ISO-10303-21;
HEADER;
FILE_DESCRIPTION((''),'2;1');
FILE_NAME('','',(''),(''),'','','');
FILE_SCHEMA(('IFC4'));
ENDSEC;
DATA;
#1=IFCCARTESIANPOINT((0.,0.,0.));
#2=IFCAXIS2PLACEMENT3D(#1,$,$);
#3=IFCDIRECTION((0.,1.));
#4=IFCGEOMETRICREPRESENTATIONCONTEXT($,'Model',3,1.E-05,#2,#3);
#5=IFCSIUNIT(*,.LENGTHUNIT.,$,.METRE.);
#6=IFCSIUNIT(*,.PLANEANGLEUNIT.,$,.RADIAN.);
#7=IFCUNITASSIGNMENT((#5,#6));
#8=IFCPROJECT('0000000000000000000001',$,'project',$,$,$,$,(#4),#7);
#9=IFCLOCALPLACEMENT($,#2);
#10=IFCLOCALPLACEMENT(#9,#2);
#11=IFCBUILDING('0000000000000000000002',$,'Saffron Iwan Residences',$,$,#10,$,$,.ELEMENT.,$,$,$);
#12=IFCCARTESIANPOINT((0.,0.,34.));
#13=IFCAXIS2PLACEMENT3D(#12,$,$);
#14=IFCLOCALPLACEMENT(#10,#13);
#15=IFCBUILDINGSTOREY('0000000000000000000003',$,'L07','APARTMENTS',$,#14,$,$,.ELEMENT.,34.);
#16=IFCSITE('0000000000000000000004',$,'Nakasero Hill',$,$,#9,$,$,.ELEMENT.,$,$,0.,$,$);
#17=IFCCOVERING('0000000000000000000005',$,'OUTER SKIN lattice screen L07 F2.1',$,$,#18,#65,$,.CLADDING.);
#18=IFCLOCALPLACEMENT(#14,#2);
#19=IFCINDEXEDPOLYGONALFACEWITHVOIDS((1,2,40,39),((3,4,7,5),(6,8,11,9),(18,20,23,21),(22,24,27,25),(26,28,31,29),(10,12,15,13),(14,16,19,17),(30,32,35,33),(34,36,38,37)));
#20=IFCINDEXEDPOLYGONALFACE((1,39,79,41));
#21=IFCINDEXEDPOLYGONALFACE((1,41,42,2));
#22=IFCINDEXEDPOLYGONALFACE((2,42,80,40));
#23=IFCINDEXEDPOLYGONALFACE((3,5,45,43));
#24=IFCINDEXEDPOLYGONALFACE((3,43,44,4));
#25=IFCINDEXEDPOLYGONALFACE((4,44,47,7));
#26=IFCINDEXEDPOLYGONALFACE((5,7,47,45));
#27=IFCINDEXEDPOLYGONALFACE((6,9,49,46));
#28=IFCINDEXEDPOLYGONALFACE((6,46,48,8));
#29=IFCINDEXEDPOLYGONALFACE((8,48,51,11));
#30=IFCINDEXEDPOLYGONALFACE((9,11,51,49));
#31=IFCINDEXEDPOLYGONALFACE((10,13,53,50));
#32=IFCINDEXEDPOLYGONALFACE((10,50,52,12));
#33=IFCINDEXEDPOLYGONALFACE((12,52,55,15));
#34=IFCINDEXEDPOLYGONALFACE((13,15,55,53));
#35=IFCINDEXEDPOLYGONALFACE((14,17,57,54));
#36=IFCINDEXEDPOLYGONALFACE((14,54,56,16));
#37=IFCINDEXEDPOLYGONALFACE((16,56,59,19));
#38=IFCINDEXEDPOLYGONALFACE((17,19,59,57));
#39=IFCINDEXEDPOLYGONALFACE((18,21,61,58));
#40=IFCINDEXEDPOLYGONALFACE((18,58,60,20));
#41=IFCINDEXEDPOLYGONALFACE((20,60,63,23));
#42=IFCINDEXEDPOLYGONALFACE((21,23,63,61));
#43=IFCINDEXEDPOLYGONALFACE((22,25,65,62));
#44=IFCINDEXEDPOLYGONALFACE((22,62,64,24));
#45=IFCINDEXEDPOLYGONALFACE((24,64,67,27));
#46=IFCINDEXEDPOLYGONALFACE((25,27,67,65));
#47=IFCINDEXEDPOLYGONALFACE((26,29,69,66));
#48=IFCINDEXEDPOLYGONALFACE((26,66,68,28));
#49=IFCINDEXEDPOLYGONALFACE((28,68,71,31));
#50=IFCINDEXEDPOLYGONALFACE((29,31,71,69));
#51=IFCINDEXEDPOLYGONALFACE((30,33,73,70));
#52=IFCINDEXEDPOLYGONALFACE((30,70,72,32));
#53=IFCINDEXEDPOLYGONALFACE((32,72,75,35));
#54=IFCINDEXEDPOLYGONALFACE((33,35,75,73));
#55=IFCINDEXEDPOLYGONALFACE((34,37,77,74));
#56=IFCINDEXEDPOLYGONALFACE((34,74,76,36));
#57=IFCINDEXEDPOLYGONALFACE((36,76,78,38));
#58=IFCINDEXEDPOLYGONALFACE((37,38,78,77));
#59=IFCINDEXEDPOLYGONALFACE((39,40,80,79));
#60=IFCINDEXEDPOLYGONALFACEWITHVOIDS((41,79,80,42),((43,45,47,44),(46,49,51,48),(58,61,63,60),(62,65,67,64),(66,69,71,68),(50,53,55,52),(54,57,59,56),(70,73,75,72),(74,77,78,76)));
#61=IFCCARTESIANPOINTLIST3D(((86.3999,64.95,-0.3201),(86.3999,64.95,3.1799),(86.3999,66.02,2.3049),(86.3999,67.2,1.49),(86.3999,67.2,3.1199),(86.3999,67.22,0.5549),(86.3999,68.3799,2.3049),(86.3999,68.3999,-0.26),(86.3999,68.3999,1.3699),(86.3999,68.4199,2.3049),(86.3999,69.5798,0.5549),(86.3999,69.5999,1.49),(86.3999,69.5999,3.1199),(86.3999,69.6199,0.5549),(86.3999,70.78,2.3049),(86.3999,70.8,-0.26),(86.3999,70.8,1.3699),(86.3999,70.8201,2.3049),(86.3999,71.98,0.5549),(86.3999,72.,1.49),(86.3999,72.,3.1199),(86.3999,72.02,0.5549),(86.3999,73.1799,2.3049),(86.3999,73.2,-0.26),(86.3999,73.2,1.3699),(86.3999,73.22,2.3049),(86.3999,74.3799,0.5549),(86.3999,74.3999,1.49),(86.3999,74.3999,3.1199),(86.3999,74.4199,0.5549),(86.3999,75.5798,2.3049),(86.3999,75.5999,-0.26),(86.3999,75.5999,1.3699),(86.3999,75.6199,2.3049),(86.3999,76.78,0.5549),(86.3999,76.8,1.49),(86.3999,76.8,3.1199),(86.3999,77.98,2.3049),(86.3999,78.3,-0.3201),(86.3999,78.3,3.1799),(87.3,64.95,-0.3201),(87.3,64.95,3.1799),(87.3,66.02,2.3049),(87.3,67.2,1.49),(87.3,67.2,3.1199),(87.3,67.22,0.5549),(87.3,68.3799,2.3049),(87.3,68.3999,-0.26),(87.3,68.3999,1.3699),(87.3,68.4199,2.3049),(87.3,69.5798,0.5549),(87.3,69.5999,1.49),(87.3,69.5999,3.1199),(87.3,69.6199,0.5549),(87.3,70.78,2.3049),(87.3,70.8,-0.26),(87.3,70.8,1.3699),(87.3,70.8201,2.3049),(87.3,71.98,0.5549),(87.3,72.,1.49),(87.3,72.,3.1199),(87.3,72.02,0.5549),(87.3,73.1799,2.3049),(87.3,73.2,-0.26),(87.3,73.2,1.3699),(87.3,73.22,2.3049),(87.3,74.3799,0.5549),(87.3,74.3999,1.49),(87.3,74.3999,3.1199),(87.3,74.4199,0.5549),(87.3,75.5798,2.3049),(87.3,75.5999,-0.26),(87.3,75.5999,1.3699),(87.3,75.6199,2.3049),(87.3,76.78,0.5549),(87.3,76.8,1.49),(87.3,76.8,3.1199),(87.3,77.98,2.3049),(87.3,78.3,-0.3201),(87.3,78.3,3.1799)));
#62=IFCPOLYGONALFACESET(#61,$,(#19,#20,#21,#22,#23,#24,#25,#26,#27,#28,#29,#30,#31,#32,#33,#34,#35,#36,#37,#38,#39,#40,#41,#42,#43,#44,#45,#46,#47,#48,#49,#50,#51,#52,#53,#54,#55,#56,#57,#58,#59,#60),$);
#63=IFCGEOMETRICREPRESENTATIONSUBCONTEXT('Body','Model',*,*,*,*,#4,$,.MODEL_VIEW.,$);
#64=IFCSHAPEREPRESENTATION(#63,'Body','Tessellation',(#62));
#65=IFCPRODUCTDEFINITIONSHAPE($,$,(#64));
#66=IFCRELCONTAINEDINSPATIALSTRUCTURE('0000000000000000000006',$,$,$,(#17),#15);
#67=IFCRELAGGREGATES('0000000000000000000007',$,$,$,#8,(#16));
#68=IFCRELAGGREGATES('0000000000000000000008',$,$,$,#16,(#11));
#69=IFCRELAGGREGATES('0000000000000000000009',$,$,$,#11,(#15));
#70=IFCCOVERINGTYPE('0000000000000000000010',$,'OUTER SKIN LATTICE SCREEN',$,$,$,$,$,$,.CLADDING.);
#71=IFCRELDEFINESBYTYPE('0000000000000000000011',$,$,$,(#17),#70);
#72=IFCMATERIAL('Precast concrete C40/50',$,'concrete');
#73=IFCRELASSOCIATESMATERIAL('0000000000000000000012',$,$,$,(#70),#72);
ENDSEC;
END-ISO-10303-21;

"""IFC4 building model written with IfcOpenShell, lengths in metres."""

from ifc_helpers import new_model, si_unit, direction, frame, origin, place, context, subcontext, project, spatial, polyline, outline, extrude, material, type_object, element, save


model = new_model("IFC4")

# Units and contexts
model_context = context("Model", 3, precision=1e-05, world=origin(), true_north=direction((0.0, 1.0)))
body_context = subcontext(model_context, "Body", "Model", "MODEL_VIEW")
ifc_project = project(units=[si_unit("LENGTHUNIT", "METRE"), si_unit("PLANEANGLEUNIT", "RADIAN")], contexts=[model_context])

# Site, building, storey
site_placement = place(None, origin())
site = spatial("IfcSite", under=ifc_project, at=site_placement, Name="Nakasero Hill", CompositionType="ELEMENT", RefElevation=0.0)
building_placement = place(site_placement, origin())
building = spatial("IfcBuilding", under=site, at=building_placement, Name="Saffron Iwan Residences", CompositionType="ELEMENT")
storey_placement = place(building_placement, frame((0.0, 0.0, 34.0)))
storey = spatial("IfcBuildingStorey", under=building, at=storey_placement, Name="L07", Description="APARTMENTS", CompositionType="ELEMENT", Elevation=34.0)

# Covering
ifc_material_1 = material(Name="Precast concrete C40/50", Category="concrete")
covering_type = type_object("IfcCoveringType", Name="OUTER SKIN LATTICE SCREEN", PredefinedType="CLADDING", material=ifc_material_1)
covering_placement = place(storey_placement, frame((86.3999, 64.95, -0.3201), z_axis=(1.0, 0.0, 0.0), x_axis=(0.0, 1.0, 0.0)))
element("IfcCovering", 1, at=covering_placement, inside=storey, type_object=covering_type, Name="OUTER SKIN lattice screen L07 F2.1", PredefinedType="CLADDING", context=body_context, shape_type="SweptSolid", body=[
    extrude(outline(polyline([(0.0, 0.0), (13.3501, 0.0), (13.3501, 3.5), (0.0, 3.5), (0.0, 0.0)]), holes=[polyline([(2.27, 0.875), (3.45, 0.0601), (4.6299, 0.875), (3.45, 1.6899), (2.27, 0.875)]), polyline([(4.6699, 0.875), (5.8501, 0.0601), (7.03, 0.875), (5.8501, 1.6899), (4.6699, 0.875)]), polyline([(7.0701, 0.875), (8.25, 0.0601), (9.4299, 0.875), (8.25, 1.6899), (7.0701, 0.875)]), polyline([(9.47, 0.875), (10.6499, 0.0601), (11.8301, 0.875), (10.6499, 1.6899), (9.47, 0.875)]), polyline([(1.0701, 2.625), (2.25, 1.8101), (3.4299, 2.625), (2.25, 3.4399), (1.0701, 2.625)]), polyline([(3.47, 2.625), (4.6499, 1.8101), (5.8301, 2.625), (4.6499, 3.4399), (3.47, 2.625)]), polyline([(5.8701, 2.625), (7.05, 1.8101), (8.23, 2.625), (7.05, 3.4399), (5.8701, 2.625)]), polyline([(8.27, 2.625), (9.45, 1.8101), (10.6299, 2.625), (9.45, 3.4399), (8.27, 2.625)]), polyline([(10.6699, 2.625), (11.8501, 1.8101), (13.03, 2.625), (11.8501, 3.4399), (10.6699, 2.625)])]), origin(), (0.0, 0.0, 1.0), 0.9001),
])

save(model, "model.ifc")
